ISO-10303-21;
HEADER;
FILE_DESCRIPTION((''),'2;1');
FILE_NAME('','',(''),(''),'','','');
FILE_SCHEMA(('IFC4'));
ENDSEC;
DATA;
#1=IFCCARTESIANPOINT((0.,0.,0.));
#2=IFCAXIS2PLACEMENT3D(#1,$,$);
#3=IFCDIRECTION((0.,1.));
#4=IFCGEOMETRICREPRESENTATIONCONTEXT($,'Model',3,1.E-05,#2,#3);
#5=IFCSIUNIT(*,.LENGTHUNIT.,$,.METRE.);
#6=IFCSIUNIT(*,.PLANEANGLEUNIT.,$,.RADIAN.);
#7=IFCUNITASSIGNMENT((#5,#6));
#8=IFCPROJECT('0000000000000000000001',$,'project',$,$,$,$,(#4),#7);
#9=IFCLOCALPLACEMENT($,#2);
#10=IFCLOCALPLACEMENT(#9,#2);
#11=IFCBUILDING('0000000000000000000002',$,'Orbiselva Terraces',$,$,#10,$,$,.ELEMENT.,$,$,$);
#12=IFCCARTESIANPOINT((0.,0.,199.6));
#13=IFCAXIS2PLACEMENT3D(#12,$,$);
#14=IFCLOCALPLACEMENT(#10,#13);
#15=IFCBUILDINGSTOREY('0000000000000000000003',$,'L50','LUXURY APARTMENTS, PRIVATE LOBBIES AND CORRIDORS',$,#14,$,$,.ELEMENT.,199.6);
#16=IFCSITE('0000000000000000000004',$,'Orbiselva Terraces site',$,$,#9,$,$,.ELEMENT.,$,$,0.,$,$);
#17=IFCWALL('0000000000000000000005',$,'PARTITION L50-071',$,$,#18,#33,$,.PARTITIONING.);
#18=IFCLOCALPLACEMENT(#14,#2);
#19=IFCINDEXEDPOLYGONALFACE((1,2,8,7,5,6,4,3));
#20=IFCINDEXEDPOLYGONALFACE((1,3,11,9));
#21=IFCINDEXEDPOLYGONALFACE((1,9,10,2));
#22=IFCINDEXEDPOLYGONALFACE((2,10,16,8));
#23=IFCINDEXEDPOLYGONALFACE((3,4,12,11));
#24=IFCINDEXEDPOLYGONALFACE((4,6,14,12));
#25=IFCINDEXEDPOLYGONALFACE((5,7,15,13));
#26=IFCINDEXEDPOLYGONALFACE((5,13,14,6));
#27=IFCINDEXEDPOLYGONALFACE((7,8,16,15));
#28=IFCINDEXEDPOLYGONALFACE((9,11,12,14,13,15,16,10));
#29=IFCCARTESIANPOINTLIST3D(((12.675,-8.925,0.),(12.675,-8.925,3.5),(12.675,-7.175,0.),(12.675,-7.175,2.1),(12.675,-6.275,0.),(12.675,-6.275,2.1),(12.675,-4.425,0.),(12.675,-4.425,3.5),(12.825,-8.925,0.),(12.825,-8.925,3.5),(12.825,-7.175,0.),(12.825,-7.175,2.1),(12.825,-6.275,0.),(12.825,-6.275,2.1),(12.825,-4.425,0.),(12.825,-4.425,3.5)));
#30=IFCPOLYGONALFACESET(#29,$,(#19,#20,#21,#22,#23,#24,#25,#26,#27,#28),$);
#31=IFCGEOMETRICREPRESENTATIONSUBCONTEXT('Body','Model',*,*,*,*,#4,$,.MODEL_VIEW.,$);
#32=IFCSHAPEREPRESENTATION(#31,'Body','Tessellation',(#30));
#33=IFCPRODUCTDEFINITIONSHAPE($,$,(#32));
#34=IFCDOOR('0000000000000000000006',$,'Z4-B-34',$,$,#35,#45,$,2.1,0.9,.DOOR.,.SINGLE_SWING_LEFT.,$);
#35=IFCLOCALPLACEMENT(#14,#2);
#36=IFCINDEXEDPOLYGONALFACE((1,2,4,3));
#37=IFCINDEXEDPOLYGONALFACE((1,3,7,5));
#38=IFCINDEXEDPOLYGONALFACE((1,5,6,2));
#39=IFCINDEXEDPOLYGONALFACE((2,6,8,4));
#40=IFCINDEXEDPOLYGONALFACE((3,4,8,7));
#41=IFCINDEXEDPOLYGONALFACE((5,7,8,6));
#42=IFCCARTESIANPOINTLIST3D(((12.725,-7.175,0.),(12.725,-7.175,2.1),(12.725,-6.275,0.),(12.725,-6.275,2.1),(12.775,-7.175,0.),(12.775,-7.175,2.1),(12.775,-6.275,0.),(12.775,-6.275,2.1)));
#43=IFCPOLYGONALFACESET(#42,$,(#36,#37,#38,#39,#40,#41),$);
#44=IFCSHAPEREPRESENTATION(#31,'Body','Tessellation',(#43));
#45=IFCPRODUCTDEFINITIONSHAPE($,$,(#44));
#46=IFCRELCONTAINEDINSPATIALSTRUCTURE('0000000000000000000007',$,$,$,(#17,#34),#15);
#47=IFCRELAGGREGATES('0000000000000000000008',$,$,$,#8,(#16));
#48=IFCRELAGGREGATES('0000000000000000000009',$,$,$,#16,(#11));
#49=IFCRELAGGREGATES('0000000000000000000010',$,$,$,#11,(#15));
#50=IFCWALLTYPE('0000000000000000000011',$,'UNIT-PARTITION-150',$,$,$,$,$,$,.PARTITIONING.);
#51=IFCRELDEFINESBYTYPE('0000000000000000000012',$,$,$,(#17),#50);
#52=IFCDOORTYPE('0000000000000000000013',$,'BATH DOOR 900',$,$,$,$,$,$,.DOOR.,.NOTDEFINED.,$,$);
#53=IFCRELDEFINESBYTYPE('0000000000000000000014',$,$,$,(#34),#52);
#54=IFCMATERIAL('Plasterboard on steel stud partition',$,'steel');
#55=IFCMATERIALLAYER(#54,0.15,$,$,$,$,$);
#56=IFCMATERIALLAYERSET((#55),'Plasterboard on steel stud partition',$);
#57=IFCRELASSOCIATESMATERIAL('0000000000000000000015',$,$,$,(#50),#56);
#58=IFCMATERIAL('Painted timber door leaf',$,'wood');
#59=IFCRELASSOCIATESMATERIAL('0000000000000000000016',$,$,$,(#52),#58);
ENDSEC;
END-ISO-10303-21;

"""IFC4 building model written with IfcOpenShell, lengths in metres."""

from ifc_helpers import new_model, si_unit, direction, frame, frame_2d, origin, place, context, subcontext, project, spatial, rectangle, extrude, material, layer, layer_set, type_object, element, fill, save


model = new_model("IFC4")

# Units and contexts
model_context = context("Model", 3, precision=1e-05, world=origin(), true_north=direction((0.0, 1.0)))
body_context = subcontext(model_context, "Body", "Model", "MODEL_VIEW")
ifc_project = project(units=[si_unit("LENGTHUNIT", "METRE"), si_unit("PLANEANGLEUNIT", "RADIAN")], contexts=[model_context])

# Site, building, storey
site_placement = place(None, origin())
site = spatial("IfcSite", under=ifc_project, at=site_placement, Name="Orbiselva Terraces site", CompositionType="ELEMENT", RefElevation=0.0)
building_placement = place(site_placement, origin())
building = spatial("IfcBuilding", under=site, at=building_placement, Name="Orbiselva Terraces", CompositionType="ELEMENT")
storey_placement = place(building_placement, frame((0.0, 0.0, 199.6)))
storey = spatial("IfcBuildingStorey", under=building, at=storey_placement, Name="L50", Description="LUXURY APARTMENTS, PRIVATE LOBBIES AND CORRIDORS", CompositionType="ELEMENT", Elevation=199.6)

# Shared definitions
ifc_material_1 = material(Name="Plasterboard on steel stud partition", Category="steel")
ifc_layer_1 = layer(ifc_material_1, 0.15)
ifc_layer_set_1 = layer_set([ifc_layer_1], Name="Plasterboard on steel stud partition")
wall_type_1 = type_object("IfcWallType", Name="UNIT-PARTITION-150", PredefinedType="PARTITIONING", material=ifc_layer_set_1)

# Shared definitions
ifc_material_2 = material(Name="Painted timber door leaf", Category="wood")
door_type_1 = type_object("IfcDoorType", Name="BATH DOOR 900", OperationType="NOTDEFINED", PredefinedType="DOOR", material=ifc_material_2)

# Wall, opening, door
wall_1_placement = place(storey_placement, frame((12.75, -8.925, 0.0), z_axis=(0.0, 0.0, 1.0), x_axis=(0.0, 1.0, 0.0)))
wall_1 = element("IfcWall", 1, at=wall_1_placement, inside=storey, type_object=wall_type_1, Name="PARTITION L50-071", PredefinedType="PARTITIONING", context=body_context, shape_type="SweptSolid", body=[
    extrude(rectangle(XDim=4.5, YDim=0.15, at=frame_2d((2.25, 0.0))), origin(), (0.0, 0.0, 1.0), 3.5),
])
opening_1_placement = place(wall_1_placement, frame((1.75, 0.0, 0.0)))
opening_1 = element("IfcOpeningElement", 2, at=opening_1_placement, cuts=wall_1, PredefinedType="OPENING", context=body_context, shape_type="SweptSolid", body=[
    extrude(rectangle(XDim=0.9, YDim=2.1, at=frame_2d((0.45, 1.05))), frame((0.0, 0.085, 0.0), z_axis=(0.0, -1.0, 0.0), x_axis=(1.0, 0.0, 0.0)), (0.0, 0.0, 1.0), 0.17),
])
door_1_placement = place(opening_1_placement, origin())
door_1 = element("IfcDoor", 3, at=door_1_placement, inside=storey, type_object=door_type_1, Name="Z4-B-34", OperationType="SINGLE_SWING_LEFT", OverallHeight=2.1, OverallWidth=0.9, PredefinedType="DOOR", context=body_context, shape_type="SweptSolid", body=[
    extrude(rectangle(XDim=0.9, YDim=2.1, at=frame_2d((0.45, 1.05))), frame((0.0, 0.025, 0.0), z_axis=(0.0, -1.0, 0.0), x_axis=(1.0, 0.0, 0.0)), (0.0, 0.0, 1.0), 0.05),
])
fill(opening_1, door_1)

save(model, "model.ifc")
